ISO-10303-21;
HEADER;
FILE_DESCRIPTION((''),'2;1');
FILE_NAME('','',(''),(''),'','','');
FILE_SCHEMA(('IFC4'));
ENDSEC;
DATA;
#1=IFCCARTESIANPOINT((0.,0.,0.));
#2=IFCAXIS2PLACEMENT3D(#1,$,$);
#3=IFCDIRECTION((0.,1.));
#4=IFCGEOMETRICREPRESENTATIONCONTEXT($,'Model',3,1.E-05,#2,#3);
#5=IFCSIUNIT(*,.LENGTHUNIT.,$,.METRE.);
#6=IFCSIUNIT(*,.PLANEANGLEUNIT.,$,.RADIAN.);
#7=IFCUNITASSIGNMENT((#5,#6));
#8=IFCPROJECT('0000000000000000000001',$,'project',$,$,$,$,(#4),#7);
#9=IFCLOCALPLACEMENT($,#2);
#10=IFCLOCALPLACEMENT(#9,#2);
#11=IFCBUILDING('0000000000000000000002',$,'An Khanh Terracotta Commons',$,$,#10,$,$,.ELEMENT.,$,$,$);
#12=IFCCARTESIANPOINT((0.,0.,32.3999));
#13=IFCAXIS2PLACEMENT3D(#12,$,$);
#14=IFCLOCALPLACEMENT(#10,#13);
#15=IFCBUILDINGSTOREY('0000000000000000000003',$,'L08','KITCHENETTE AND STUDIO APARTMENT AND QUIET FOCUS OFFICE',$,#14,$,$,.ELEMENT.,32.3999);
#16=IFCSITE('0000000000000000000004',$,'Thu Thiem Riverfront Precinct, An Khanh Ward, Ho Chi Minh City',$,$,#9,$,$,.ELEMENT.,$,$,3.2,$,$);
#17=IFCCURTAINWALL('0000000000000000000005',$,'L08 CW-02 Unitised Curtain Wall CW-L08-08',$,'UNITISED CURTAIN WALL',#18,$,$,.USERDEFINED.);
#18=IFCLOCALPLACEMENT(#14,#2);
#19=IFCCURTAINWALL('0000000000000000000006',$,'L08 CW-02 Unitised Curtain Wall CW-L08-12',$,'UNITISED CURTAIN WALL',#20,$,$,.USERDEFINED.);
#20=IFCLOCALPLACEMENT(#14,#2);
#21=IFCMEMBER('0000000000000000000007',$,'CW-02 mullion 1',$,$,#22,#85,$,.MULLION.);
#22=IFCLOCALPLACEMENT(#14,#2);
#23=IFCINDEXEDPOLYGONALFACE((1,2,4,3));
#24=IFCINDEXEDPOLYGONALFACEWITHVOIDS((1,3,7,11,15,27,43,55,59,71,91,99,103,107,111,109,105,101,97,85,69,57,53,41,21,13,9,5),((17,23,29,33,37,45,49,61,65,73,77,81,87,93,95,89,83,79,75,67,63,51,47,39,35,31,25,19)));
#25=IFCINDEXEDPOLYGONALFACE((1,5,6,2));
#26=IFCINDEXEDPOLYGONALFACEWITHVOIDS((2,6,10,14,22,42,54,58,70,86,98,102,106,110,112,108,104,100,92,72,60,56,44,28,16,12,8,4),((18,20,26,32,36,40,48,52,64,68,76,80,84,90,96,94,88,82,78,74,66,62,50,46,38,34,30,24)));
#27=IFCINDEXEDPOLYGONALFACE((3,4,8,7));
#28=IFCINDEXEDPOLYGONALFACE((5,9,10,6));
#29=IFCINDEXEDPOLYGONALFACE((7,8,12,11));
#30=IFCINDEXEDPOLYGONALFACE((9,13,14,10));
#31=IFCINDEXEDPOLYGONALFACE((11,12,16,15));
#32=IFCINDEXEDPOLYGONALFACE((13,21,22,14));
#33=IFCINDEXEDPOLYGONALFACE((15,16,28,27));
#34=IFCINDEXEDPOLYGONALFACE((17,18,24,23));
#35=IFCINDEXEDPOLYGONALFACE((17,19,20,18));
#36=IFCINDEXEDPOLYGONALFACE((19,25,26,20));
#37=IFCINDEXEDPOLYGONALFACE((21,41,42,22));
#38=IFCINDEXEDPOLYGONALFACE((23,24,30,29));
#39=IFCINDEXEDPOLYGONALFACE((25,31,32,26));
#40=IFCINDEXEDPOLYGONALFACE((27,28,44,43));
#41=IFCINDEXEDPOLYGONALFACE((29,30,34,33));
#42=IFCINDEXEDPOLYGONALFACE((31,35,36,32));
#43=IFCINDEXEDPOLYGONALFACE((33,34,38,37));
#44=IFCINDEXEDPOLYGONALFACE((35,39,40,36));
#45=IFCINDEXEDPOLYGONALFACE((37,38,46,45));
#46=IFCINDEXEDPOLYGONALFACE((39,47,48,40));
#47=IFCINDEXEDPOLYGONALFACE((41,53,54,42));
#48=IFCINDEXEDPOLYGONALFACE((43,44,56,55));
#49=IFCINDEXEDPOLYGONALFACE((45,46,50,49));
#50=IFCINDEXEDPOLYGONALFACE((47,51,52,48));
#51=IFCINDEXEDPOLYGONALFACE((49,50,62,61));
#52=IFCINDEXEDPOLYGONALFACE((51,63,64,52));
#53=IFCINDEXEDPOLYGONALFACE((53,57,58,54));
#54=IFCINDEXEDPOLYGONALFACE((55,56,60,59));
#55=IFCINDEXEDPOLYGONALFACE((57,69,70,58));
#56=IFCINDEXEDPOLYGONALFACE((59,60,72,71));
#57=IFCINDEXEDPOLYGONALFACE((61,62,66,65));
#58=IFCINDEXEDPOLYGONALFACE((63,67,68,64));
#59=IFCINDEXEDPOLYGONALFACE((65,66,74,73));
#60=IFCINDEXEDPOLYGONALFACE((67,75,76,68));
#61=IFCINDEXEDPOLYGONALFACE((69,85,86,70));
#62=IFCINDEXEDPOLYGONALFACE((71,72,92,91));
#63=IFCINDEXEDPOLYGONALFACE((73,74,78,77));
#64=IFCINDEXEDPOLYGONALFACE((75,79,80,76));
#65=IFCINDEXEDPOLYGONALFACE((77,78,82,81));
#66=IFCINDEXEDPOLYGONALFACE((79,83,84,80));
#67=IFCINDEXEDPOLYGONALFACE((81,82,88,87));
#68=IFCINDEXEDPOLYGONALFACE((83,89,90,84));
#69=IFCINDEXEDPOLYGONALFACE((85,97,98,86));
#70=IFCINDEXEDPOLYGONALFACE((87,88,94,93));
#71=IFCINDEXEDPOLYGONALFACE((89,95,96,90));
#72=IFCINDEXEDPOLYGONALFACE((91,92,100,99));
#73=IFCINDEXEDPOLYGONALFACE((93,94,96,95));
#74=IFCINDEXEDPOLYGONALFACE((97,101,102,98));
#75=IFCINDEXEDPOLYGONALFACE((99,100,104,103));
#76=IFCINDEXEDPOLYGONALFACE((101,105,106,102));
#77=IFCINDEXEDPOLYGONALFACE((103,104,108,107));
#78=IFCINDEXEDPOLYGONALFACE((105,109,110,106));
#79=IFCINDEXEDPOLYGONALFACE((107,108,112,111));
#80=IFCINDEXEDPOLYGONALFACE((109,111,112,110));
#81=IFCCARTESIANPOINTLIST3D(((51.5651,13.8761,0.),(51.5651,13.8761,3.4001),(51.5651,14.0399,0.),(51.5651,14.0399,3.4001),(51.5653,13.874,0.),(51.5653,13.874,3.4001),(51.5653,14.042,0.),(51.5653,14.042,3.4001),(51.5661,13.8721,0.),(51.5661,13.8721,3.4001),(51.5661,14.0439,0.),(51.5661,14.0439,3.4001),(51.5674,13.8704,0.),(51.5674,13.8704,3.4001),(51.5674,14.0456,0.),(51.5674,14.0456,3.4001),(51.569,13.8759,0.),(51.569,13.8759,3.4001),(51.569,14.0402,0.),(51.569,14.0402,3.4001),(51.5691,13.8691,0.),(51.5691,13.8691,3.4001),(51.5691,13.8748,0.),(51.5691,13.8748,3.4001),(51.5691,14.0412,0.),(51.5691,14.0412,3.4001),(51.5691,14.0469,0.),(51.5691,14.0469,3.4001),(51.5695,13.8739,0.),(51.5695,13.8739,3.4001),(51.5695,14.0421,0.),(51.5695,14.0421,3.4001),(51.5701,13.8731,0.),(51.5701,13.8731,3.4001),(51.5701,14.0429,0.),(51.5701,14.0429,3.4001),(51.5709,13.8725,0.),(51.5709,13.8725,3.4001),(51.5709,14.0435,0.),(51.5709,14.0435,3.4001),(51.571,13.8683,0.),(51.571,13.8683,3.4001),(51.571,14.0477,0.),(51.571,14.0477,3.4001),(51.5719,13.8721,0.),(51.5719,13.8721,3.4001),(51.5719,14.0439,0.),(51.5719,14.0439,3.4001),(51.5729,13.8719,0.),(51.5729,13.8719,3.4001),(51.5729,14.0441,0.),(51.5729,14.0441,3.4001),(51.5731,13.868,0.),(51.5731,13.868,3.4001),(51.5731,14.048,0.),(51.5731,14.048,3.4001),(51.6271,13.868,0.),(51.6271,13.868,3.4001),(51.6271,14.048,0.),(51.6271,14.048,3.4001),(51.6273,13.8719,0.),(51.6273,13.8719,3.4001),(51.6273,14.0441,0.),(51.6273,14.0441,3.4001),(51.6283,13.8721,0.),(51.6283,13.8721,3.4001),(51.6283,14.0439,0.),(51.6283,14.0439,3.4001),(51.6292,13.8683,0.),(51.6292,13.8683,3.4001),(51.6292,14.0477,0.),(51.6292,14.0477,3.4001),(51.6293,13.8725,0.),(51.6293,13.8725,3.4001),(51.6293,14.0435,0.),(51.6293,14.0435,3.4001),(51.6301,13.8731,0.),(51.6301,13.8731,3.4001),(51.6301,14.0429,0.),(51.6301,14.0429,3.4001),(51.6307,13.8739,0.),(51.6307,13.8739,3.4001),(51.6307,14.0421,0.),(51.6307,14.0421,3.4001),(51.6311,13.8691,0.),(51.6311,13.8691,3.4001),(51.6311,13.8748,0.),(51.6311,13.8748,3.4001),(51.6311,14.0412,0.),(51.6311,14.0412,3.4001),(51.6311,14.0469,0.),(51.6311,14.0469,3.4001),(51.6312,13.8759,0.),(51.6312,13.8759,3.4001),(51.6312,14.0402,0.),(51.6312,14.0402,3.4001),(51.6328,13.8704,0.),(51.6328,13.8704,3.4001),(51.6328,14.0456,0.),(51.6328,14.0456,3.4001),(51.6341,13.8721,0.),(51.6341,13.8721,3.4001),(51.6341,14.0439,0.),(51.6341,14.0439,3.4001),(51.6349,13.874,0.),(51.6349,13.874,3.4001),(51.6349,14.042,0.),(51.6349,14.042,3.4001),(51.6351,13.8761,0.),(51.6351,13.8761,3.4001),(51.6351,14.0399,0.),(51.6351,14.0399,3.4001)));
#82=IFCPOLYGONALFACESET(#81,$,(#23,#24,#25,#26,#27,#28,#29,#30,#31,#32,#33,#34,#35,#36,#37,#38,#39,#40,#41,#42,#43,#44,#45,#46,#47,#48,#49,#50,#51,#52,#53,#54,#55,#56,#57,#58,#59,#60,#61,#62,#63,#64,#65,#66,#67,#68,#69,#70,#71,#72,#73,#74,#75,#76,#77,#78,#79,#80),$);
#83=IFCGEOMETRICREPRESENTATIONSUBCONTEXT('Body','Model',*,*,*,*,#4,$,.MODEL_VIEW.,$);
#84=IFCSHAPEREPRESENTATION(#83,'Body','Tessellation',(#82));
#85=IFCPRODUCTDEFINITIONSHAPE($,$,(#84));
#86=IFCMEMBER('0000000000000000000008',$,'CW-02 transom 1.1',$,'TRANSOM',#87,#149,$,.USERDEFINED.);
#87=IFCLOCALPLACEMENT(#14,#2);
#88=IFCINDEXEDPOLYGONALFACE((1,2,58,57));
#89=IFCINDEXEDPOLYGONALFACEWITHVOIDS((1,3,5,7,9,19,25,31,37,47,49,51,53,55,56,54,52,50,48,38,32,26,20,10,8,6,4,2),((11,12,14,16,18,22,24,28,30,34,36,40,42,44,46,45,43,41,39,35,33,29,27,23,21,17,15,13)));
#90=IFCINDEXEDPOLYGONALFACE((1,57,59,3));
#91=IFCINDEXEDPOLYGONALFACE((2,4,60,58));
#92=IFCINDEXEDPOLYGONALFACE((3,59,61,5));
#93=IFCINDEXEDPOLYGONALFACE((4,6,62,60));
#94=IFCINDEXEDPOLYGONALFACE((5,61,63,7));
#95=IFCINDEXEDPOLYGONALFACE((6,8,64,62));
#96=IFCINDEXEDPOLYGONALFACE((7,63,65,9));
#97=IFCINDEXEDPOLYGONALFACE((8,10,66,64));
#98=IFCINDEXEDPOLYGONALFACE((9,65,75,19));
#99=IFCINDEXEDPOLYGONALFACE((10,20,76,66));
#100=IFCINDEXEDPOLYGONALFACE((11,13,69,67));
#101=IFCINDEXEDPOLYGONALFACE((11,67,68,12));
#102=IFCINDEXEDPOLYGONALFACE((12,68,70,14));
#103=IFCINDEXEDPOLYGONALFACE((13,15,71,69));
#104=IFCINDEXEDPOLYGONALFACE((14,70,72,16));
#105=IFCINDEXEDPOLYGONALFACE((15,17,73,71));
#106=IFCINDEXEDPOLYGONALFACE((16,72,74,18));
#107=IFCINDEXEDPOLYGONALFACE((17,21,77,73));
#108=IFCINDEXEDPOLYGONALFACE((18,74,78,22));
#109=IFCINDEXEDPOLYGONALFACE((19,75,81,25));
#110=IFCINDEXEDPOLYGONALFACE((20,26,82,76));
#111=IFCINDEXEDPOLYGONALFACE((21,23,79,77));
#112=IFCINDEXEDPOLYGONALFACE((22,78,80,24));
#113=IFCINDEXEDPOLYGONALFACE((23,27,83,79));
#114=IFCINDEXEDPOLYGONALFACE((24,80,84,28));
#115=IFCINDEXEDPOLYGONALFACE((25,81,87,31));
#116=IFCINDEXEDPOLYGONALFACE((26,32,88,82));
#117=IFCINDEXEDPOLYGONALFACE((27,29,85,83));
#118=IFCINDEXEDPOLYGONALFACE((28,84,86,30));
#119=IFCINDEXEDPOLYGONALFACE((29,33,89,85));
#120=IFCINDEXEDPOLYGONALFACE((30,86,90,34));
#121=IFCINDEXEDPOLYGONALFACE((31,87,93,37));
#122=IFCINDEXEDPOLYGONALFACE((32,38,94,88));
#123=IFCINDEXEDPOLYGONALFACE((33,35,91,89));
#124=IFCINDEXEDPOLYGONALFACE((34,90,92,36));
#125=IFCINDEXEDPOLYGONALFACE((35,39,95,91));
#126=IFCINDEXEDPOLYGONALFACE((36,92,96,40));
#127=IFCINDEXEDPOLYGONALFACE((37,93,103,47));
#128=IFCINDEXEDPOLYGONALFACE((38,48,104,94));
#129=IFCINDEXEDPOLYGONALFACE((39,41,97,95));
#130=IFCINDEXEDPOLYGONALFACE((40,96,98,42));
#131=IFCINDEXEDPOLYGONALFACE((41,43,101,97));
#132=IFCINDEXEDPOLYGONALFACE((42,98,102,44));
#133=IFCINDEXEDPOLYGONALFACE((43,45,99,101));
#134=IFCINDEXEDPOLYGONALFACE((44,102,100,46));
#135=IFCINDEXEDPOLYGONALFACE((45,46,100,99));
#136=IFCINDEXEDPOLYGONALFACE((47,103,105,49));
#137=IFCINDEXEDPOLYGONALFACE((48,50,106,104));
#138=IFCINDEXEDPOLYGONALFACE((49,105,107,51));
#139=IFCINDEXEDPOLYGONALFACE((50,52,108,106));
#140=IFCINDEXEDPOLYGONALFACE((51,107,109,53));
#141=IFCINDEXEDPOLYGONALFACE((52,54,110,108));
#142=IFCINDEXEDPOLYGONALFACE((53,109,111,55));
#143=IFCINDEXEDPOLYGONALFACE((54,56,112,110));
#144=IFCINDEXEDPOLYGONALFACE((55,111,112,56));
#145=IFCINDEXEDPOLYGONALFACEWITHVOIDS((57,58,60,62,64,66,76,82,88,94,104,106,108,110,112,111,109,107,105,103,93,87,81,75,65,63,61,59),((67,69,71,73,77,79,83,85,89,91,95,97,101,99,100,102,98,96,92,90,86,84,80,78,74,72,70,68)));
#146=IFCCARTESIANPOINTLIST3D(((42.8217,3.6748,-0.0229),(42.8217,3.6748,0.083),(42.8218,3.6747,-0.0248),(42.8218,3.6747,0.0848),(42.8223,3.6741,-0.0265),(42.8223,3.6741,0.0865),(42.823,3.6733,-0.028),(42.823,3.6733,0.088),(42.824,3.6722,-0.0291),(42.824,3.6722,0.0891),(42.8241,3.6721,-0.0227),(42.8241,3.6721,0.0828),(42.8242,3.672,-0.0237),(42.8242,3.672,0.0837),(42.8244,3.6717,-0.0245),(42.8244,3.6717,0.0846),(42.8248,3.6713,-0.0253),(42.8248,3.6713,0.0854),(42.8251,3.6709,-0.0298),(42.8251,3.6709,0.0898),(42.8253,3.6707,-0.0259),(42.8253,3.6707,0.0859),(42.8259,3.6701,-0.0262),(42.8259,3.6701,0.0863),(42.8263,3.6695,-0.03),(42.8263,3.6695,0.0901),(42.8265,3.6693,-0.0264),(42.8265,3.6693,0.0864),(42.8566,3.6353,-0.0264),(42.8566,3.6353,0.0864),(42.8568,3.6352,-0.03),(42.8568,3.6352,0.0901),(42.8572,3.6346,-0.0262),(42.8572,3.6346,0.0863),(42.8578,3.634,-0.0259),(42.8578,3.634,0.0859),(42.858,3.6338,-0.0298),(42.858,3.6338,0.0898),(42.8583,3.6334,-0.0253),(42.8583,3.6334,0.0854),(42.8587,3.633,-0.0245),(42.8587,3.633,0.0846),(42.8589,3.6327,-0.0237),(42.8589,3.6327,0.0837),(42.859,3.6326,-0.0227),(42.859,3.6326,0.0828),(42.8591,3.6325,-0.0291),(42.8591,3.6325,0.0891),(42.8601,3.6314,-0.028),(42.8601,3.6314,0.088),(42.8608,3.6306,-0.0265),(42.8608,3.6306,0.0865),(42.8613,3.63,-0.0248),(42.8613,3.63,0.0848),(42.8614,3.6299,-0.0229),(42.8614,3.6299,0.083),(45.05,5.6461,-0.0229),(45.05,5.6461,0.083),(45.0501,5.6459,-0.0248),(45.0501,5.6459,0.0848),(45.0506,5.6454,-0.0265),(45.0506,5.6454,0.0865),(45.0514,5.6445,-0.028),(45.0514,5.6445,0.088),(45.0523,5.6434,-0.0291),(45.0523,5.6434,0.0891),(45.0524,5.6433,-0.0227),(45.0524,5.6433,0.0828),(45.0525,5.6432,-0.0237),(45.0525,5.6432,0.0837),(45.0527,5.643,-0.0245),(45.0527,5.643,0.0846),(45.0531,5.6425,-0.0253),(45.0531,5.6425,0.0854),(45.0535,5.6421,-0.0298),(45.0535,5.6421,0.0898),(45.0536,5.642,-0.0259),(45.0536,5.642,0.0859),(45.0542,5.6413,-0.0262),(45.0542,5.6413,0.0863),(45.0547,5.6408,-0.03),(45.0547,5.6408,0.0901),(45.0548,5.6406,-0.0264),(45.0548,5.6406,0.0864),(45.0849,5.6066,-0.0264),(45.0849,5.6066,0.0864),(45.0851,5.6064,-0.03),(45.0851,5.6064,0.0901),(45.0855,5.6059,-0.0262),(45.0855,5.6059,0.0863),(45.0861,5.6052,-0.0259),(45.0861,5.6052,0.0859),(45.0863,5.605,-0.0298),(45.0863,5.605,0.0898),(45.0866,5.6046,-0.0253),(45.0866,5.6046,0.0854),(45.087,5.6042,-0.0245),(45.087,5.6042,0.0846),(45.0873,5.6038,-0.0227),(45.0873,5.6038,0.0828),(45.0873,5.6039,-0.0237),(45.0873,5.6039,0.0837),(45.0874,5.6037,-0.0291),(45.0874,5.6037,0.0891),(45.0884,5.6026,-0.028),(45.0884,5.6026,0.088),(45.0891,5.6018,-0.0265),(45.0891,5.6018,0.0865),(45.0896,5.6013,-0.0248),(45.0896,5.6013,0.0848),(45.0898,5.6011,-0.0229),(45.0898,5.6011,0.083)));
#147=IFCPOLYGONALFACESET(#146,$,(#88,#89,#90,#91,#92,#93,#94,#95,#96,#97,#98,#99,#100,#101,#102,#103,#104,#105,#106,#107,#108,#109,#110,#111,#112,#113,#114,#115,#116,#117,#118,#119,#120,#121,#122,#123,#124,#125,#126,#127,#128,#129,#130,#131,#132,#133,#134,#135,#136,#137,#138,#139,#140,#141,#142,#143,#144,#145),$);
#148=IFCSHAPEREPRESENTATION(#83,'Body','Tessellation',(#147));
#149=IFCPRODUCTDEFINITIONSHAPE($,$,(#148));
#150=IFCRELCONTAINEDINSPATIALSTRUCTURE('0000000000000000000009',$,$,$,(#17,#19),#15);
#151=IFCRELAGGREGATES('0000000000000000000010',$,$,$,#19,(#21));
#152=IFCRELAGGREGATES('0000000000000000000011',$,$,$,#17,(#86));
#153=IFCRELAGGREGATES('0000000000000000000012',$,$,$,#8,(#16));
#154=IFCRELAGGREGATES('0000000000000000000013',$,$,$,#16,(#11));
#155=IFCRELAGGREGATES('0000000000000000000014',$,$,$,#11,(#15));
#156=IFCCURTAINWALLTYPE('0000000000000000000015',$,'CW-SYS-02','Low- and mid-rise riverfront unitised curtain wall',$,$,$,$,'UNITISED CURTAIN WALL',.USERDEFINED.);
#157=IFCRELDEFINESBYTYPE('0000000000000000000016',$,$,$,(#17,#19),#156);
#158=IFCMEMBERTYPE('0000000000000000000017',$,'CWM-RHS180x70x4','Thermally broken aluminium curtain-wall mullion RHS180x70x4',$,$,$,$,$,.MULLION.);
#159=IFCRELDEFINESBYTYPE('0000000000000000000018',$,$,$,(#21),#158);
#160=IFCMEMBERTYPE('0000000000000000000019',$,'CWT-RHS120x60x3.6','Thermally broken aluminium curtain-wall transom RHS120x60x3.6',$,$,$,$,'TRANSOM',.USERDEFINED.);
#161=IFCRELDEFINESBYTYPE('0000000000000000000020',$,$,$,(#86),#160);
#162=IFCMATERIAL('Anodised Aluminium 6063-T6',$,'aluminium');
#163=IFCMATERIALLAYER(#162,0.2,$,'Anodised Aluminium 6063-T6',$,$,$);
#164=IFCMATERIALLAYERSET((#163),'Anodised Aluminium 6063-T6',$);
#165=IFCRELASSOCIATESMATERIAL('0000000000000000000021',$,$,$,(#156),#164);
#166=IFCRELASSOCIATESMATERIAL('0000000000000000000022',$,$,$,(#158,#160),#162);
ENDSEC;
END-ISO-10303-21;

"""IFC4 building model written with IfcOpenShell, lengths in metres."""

from ifc_helpers import new_model, si_unit, direction, frame, origin, origin_2d, place, context, subcontext, project, spatial, hollow_rectangle, extrude, material, layer, layer_set, material_profile, profile_set, type_object, element, aggregate, save


model = new_model("IFC4")

# Units and contexts
model_context = context("Model", 3, precision=1e-05, world=origin(), true_north=direction((0.0, 1.0)))
body_context = subcontext(model_context, "Body", "Model", "MODEL_VIEW")
ifc_project = project(units=[si_unit("LENGTHUNIT", "METRE"), si_unit("PLANEANGLEUNIT", "RADIAN")], contexts=[model_context])

# Site, building, storey
site_placement = place(None, origin())
site = spatial("IfcSite", under=ifc_project, at=site_placement, Name="Thu Thiem Riverfront Precinct, An Khanh Ward, Ho Chi Minh City", CompositionType="ELEMENT", RefElevation=3.2)
building_placement = place(site_placement, origin())
building = spatial("IfcBuilding", under=site, at=building_placement, Name="An Khanh Terracotta Commons", CompositionType="ELEMENT")
storey_placement = place(building_placement, frame((0.0, 0.0, 32.3999)))
storey = spatial("IfcBuildingStorey", under=building, at=storey_placement, Name="L08", Description="KITCHENETTE AND STUDIO APARTMENT AND QUIET FOCUS OFFICE", CompositionType="ELEMENT", Elevation=32.3999)

# Curtain wall
ifc_material_1 = material(Name="Anodised Aluminium 6063-T6", Category="aluminium")
ifc_layer_1 = layer(ifc_material_1, 0.2, Name="Anodised Aluminium 6063-T6")
ifc_layer_set_1 = layer_set([ifc_layer_1], Name="Anodised Aluminium 6063-T6")
curtain_wall_type = type_object("IfcCurtainWallType", Name="CW-SYS-02", Description="Low- and mid-rise riverfront unitised curtain wall", ElementType="UNITISED CURTAIN WALL", PredefinedType="USERDEFINED", material=ifc_layer_set_1)
curtain_wall_1_placement = place(storey_placement, origin())
curtain_wall_1 = element("IfcCurtainWall", 1, at=curtain_wall_1_placement, inside=storey, type_object=curtain_wall_type, Name="L08 CW-02 Unitised Curtain Wall CW-L08-08", ObjectType="UNITISED CURTAIN WALL", PredefinedType="USERDEFINED")
ifc_material_profile_1 = material_profile(ifc_material_1, hollow_rectangle(XDim=0.0701, YDim=0.1799, WallThickness=0.0039, InnerFilletRadius=0.0039, OuterFilletRadius=0.0081, at=origin_2d()), Name="RHS180x70x4")
ifc_profile_set_1 = profile_set([ifc_material_profile_1], Name="Anodised Aluminium 6063-T6")
member_type_1 = type_object("IfcMemberType", Name="CWM-RHS180x70x4", Description="Thermally broken aluminium curtain-wall mullion RHS180x70x4", PredefinedType="MULLION", material=ifc_profile_set_1)

# Curtain wall, member
curtain_wall_2_placement = place(storey_placement, origin())
curtain_wall_2 = element("IfcCurtainWall", 2, at=curtain_wall_2_placement, inside=storey, type_object=curtain_wall_type, Name="L08 CW-02 Unitised Curtain Wall CW-L08-12", ObjectType="UNITISED CURTAIN WALL", PredefinedType="USERDEFINED")
member_1_placement = place(storey_placement, frame((51.6001, 13.958, 0.0), z_axis=(0.0, 0.0, 1.0), x_axis=(-1.0, 0.0, 0.0)))
member_1 = element("IfcMember", 3, at=member_1_placement, type_object=member_type_1, Name="CW-02 mullion 1", PredefinedType="MULLION", context=body_context, shape_type="SweptSolid", body=[
    extrude(hollow_rectangle(XDim=0.0701, YDim=0.1799, WallThickness=0.0039, InnerFilletRadius=0.0039, OuterFilletRadius=0.0081, at=origin_2d()), origin(), (0.0, 0.0, 1.0), 3.4001),
])

# Member
ifc_material_profile_2 = material_profile(ifc_material_1, hollow_rectangle(XDim=0.0601, YDim=0.1201, WallThickness=0.0037, InnerFilletRadius=0.0037, OuterFilletRadius=0.0071, at=origin_2d()), Name="RHS120x60x3.6")
ifc_profile_set_2 = profile_set([ifc_material_profile_2], Name="Anodised Aluminium 6063-T6")
member_type_2 = type_object("IfcMemberType", Name="CWT-RHS120x60x3.6", Description="Thermally broken aluminium curtain-wall transom RHS120x60x3.6", ElementType="TRANSOM", PredefinedType="USERDEFINED", material=ifc_profile_set_2)
member_2_placement = place(storey_placement, frame((42.8416, 3.6523, 0.03), z_axis=(0.748992, 0.662579, 0.0), x_axis=(-0.662579, 0.748992, 0.0)))
member_2 = element("IfcMember", 4, at=member_2_placement, type_object=member_type_2, Name="CW-02 transom 1.1", ObjectType="TRANSOM", PredefinedType="USERDEFINED", context=body_context, shape_type="SweptSolid", body=[
    extrude(hollow_rectangle(XDim=0.0601, YDim=0.1201, WallThickness=0.0037, InnerFilletRadius=0.0037, OuterFilletRadius=0.0071, at=origin_2d()), origin(), (0.0, 0.0, 1.0), 2.9751),
])
aggregate(curtain_wall_2, [member_1])

aggregate(curtain_wall_1, [member_2])

save(model, "model.ifc")
